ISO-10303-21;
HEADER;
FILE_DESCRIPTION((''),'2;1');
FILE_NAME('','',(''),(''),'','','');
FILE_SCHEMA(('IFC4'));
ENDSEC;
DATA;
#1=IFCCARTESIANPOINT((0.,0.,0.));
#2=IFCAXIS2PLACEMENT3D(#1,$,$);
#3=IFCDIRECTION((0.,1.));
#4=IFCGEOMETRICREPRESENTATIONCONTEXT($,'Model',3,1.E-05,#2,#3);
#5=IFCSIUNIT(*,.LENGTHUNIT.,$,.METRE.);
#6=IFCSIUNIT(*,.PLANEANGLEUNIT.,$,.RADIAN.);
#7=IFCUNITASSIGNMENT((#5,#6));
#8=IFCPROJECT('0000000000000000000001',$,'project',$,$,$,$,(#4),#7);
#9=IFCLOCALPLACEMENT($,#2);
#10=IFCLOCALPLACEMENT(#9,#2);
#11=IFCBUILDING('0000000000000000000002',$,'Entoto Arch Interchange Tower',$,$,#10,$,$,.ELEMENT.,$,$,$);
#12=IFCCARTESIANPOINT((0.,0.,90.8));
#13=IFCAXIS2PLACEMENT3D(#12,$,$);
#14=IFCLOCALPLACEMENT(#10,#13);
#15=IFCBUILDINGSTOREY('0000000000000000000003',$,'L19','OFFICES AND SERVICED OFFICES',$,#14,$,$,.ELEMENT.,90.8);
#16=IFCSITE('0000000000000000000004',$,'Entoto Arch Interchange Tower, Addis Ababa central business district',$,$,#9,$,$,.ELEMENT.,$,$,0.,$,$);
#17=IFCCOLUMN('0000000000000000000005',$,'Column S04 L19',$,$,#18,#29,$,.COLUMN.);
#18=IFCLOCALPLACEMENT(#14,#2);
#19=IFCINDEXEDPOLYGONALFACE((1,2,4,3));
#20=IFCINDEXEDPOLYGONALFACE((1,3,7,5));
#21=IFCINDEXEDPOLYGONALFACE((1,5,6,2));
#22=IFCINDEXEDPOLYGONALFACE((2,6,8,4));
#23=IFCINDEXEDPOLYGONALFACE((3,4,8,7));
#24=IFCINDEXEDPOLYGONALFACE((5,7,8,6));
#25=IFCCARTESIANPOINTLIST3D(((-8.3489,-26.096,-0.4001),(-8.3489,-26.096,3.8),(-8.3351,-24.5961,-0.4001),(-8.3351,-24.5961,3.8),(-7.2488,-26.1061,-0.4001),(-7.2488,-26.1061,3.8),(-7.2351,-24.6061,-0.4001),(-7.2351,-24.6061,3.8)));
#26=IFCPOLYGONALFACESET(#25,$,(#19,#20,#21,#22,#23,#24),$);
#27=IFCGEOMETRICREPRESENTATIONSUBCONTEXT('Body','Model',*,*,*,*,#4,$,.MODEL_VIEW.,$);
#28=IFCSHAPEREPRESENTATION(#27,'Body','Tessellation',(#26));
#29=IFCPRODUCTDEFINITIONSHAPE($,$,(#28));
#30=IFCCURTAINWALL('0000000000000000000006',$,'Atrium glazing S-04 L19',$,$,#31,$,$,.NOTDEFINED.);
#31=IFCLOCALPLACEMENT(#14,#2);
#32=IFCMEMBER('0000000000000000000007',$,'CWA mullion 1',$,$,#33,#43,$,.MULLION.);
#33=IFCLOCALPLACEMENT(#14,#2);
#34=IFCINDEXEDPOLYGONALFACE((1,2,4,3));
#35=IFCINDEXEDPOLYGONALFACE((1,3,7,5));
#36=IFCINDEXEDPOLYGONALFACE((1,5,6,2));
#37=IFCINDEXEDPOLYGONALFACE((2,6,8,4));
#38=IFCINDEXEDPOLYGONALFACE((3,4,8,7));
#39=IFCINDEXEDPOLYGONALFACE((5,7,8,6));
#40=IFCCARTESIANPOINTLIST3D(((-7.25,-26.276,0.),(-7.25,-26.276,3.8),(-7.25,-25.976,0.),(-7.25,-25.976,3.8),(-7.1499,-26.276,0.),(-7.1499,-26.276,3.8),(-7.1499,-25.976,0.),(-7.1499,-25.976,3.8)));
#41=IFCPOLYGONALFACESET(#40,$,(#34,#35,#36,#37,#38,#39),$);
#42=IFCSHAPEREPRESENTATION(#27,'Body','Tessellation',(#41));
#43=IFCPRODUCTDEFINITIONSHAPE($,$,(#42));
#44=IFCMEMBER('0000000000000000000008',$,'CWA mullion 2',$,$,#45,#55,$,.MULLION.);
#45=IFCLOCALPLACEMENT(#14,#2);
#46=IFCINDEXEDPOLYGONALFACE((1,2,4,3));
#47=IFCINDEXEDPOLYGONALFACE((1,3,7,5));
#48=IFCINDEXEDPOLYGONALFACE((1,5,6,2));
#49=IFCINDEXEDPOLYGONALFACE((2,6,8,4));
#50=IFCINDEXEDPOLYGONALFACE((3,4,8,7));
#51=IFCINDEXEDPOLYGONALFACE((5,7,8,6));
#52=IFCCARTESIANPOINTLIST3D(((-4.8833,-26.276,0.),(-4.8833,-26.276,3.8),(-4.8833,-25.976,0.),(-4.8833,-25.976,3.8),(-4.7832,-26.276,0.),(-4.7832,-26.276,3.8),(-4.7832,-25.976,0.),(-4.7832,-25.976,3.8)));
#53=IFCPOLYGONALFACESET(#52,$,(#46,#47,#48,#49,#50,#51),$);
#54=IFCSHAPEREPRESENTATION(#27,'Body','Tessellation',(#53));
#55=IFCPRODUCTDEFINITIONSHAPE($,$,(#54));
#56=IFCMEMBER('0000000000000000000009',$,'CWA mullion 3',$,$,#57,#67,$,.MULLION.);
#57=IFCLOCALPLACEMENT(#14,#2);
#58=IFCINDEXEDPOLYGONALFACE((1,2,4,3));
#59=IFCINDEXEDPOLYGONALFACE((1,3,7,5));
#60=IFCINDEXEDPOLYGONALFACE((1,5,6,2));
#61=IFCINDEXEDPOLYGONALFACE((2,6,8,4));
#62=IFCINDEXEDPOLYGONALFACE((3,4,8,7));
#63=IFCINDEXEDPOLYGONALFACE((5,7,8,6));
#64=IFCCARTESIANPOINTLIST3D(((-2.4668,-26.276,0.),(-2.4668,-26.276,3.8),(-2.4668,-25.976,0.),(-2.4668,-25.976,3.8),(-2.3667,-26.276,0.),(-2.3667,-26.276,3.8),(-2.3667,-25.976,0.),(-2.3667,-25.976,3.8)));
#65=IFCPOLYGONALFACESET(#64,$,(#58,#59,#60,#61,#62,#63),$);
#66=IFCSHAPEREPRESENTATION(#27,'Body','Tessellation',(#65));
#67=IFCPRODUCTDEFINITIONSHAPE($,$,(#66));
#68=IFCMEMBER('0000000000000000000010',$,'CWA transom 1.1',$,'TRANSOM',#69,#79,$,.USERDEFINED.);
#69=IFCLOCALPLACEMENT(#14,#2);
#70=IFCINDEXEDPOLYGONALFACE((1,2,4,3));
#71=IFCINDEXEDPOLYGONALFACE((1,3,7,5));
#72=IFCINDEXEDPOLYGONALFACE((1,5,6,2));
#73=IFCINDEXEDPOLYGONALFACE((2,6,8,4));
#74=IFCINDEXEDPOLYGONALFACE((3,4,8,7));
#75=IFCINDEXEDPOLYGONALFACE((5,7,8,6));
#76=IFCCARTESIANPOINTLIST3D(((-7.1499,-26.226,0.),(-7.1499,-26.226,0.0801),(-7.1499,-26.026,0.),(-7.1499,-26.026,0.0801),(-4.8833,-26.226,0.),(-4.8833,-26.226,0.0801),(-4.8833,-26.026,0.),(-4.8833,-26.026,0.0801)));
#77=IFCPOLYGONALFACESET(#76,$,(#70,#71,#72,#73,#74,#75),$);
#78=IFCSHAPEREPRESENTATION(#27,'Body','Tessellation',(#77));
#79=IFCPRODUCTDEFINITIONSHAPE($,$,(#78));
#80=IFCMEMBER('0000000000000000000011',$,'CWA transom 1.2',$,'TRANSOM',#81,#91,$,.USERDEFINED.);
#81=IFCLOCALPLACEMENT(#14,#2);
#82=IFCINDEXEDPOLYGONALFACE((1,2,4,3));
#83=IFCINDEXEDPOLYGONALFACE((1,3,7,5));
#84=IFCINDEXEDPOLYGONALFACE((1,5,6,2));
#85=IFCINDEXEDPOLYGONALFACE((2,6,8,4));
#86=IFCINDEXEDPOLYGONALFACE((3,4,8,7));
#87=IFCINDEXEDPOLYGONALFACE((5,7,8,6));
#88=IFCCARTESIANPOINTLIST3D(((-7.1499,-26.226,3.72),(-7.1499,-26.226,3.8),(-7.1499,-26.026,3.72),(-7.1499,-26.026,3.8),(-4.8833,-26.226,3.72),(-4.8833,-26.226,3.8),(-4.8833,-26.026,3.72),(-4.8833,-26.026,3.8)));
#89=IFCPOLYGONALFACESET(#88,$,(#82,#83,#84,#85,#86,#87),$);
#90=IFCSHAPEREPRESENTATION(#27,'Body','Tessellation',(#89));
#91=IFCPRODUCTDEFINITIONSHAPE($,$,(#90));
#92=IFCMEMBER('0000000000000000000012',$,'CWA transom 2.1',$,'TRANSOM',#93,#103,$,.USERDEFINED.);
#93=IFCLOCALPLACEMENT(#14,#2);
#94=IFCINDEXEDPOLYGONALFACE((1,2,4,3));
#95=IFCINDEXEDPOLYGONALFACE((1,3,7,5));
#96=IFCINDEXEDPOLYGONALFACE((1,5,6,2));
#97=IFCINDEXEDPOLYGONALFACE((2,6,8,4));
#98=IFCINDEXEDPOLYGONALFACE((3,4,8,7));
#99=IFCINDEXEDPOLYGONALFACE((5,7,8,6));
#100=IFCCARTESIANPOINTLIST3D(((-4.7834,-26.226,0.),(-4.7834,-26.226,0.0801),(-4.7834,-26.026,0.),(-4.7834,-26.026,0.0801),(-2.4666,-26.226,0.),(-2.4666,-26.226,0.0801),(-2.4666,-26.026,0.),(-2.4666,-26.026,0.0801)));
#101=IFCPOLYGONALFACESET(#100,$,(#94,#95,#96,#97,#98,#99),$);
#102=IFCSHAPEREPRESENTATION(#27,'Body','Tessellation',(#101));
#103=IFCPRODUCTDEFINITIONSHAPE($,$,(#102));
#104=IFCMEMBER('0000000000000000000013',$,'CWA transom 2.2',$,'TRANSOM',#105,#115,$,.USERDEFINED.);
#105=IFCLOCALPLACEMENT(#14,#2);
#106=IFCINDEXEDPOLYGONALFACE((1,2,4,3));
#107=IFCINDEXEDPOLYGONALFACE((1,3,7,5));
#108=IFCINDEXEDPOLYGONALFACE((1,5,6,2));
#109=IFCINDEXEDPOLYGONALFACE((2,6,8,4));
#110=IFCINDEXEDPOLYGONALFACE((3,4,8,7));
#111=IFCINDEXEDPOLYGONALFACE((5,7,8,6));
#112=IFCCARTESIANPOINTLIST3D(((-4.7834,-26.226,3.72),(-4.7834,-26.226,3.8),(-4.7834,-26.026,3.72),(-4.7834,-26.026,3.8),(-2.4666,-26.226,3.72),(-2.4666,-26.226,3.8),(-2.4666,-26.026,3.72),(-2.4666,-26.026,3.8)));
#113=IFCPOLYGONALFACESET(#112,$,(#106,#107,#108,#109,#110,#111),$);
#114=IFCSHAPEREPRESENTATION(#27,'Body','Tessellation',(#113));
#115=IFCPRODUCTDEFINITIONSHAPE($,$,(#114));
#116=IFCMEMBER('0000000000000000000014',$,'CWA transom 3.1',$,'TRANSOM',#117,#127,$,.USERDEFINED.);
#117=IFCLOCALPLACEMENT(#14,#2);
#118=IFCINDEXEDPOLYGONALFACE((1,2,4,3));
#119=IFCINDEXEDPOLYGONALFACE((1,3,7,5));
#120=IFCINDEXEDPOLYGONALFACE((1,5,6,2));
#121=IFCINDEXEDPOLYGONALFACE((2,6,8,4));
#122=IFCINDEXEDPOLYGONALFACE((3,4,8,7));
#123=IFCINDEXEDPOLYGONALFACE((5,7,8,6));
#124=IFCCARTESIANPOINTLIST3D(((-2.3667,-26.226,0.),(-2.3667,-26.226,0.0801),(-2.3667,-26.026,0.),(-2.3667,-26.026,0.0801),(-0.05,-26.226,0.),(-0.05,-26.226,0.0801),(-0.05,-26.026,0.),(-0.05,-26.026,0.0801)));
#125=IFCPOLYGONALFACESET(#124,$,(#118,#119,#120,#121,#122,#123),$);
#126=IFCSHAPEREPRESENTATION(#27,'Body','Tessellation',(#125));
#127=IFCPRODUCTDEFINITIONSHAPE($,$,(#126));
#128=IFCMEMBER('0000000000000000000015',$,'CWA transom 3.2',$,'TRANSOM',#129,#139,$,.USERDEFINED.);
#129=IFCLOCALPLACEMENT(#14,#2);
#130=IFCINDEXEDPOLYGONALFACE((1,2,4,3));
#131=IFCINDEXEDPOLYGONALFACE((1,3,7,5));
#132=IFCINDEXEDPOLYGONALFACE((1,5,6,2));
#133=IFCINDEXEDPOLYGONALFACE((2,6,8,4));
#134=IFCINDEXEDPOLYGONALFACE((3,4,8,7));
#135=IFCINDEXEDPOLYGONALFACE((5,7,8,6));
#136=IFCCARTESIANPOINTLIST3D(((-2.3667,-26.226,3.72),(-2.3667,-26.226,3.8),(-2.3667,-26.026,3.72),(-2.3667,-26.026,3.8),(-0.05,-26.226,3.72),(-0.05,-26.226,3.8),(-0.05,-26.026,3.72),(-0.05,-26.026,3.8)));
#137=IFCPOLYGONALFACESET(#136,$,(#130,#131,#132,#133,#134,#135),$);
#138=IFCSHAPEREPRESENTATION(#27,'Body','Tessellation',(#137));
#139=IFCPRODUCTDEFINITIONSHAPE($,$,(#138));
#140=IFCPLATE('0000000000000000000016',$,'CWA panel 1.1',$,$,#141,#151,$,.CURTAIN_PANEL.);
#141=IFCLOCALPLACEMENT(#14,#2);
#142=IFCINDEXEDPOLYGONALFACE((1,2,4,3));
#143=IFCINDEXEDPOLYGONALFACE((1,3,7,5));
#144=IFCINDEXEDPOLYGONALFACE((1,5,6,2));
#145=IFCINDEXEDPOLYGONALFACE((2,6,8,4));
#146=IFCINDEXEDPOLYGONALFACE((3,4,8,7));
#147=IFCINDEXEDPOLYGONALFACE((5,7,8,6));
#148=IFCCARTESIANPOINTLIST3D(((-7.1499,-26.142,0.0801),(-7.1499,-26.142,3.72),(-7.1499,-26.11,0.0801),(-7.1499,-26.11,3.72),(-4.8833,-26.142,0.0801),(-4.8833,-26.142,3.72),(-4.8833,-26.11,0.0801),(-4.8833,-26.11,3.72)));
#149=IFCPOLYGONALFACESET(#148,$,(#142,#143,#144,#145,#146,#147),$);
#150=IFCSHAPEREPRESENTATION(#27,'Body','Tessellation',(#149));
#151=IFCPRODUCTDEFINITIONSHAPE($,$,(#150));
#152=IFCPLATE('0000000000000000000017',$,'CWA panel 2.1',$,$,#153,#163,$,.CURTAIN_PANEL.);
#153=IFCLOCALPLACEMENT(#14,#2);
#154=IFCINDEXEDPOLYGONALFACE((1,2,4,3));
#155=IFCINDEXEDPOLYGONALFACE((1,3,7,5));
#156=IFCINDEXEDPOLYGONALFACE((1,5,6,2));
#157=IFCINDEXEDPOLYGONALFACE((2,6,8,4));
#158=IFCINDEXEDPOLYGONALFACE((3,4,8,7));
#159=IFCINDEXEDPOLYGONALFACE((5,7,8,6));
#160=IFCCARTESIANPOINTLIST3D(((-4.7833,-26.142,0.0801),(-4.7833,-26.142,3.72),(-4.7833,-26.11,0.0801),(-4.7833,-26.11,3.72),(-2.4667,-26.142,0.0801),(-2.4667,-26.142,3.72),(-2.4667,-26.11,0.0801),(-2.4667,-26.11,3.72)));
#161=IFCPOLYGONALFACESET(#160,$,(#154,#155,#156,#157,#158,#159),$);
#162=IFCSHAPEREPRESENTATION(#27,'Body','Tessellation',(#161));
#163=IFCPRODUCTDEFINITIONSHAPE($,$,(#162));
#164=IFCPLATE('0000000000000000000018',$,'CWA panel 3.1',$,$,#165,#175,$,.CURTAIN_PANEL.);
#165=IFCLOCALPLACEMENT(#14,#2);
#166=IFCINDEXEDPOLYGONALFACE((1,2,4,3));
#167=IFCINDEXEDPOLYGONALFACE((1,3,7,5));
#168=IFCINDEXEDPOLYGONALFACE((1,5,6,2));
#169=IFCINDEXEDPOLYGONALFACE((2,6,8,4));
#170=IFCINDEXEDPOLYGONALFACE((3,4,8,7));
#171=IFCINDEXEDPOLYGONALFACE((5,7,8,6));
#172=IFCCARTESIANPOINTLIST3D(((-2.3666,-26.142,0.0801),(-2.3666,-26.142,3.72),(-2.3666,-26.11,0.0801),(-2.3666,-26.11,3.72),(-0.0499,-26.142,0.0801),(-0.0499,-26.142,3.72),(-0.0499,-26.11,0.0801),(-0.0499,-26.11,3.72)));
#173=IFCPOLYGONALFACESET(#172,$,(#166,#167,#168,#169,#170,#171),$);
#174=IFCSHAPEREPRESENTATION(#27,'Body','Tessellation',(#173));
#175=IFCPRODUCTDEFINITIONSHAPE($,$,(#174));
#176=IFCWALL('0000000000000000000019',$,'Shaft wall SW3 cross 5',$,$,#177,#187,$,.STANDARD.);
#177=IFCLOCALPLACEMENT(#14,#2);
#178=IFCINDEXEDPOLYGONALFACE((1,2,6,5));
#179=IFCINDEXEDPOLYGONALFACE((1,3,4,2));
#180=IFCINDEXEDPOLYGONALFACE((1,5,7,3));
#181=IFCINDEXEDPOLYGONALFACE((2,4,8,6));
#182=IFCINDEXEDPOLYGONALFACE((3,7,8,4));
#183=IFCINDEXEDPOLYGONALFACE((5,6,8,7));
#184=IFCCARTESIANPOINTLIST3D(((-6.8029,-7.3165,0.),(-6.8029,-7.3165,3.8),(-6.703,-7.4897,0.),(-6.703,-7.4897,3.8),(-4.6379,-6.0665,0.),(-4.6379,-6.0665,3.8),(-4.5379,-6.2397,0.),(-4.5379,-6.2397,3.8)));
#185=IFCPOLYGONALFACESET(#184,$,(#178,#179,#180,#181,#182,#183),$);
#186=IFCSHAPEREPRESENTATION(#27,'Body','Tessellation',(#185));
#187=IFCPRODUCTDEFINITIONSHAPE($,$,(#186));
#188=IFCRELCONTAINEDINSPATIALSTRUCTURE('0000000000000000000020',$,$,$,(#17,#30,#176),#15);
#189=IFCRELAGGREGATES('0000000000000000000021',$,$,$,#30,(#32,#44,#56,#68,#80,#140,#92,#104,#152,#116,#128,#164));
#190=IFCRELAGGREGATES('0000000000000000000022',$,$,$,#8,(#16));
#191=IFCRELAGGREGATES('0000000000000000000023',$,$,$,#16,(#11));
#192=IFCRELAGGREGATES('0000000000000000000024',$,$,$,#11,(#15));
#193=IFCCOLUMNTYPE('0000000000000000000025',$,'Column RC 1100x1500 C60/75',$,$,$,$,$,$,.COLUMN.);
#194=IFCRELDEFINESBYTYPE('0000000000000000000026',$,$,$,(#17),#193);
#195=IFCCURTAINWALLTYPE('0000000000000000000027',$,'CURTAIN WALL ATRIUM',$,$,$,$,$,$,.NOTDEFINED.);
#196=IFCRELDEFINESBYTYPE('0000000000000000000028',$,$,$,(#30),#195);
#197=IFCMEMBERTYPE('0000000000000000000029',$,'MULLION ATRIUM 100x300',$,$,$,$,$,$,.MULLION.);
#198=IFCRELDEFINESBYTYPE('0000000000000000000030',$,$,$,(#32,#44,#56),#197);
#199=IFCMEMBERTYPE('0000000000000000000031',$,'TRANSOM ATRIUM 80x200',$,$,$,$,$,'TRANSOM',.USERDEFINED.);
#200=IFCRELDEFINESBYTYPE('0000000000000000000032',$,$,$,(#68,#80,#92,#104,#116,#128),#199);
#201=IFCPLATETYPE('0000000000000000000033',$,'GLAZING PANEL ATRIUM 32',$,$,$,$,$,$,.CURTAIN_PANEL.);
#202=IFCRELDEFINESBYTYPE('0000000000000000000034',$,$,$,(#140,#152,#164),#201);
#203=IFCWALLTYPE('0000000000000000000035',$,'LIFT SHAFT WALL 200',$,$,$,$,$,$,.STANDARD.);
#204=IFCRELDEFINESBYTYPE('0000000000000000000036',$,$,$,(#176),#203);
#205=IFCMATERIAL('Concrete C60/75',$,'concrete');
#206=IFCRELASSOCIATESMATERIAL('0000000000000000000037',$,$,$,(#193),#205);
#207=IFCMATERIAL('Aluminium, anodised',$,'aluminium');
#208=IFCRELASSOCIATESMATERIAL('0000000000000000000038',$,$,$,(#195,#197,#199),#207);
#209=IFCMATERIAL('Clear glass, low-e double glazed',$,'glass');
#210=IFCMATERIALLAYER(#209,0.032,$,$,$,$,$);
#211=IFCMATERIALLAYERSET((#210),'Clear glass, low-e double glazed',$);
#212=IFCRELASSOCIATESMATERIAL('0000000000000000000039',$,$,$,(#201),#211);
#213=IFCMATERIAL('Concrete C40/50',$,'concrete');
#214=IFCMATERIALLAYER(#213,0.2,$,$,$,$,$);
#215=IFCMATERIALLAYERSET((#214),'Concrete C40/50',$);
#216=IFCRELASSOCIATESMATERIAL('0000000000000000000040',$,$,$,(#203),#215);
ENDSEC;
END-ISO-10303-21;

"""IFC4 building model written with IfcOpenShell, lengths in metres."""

from ifc_helpers import new_model, si_unit, direction, frame, frame_2d, origin, origin_2d, place, context, subcontext, project, spatial, rectangle, extrude, material, layer, layer_set, material_profile, profile_set, type_object, element, aggregate, save


model = new_model("IFC4")

# Units and contexts
model_context = context("Model", 3, precision=1e-05, world=origin(), true_north=direction((0.0, 1.0)))
body_context = subcontext(model_context, "Body", "Model", "MODEL_VIEW")
ifc_project = project(units=[si_unit("LENGTHUNIT", "METRE"), si_unit("PLANEANGLEUNIT", "RADIAN")], contexts=[model_context])

# Site, building, storey
site_placement = place(None, origin())
site = spatial("IfcSite", under=ifc_project, at=site_placement, Name="Entoto Arch Interchange Tower, Addis Ababa central business district", CompositionType="ELEMENT", RefElevation=0.0)
building_placement = place(site_placement, origin())
building = spatial("IfcBuilding", under=site, at=building_placement, Name="Entoto Arch Interchange Tower", CompositionType="ELEMENT")
storey_placement = place(building_placement, frame((0.0, 0.0, 90.8)))
storey = spatial("IfcBuildingStorey", under=building, at=storey_placement, Name="L19", Description="OFFICES AND SERVICED OFFICES", CompositionType="ELEMENT", Elevation=90.8)

# Column
ifc_material_1 = material(Name="Concrete C60/75", Category="concrete")
ifc_material_profile_1 = material_profile(ifc_material_1, rectangle(XDim=1.1001, YDim=1.5, at=origin_2d()))
ifc_profile_set_1 = profile_set([ifc_material_profile_1], Name="Concrete C60/75")
column_type = type_object("IfcColumnType", Name="Column RC 1100x1500 C60/75", PredefinedType="COLUMN", material=ifc_profile_set_1)
column_placement = place(storey_placement, frame((-7.792, -25.3511, -0.4001), z_axis=(0.0, 0.0, 1.0), x_axis=(-0.999958, 0.009163, 0.0)))
element("IfcColumn", 1, at=column_placement, inside=storey, type_object=column_type, Name="Column S04 L19", PredefinedType="COLUMN", context=body_context, shape_type="SweptSolid", body=[
    extrude(rectangle(XDim=1.1001, YDim=1.5, at=origin_2d()), origin(), (0.0, 0.0, 1.0), 4.2002),
])

# Curtain wall, members, plates
ifc_material_2 = material(Name="Aluminium, anodised", Category="aluminium")
curtain_wall_type = type_object("IfcCurtainWallType", Name="CURTAIN WALL ATRIUM", PredefinedType="NOTDEFINED", material=ifc_material_2)
curtain_wall_placement = place(storey_placement, origin())
curtain_wall = element("IfcCurtainWall", 2, at=curtain_wall_placement, inside=storey, type_object=curtain_wall_type, Name="Atrium glazing S-04 L19", PredefinedType="NOTDEFINED")
ifc_material_profile_2 = material_profile(ifc_material_2, rectangle(XDim=0.3, YDim=0.1001, at=origin_2d()))
ifc_profile_set_2 = profile_set([ifc_material_profile_2], Name="Aluminium, anodised")
member_type_1 = type_object("IfcMemberType", Name="MULLION ATRIUM 100x300", PredefinedType="MULLION", material=ifc_profile_set_2)
member_1_placement = place(storey_placement, frame((-7.2, -26.126, 0.0), z_axis=(0.0, 0.0, 1.0), x_axis=(0.0, 1.0, 0.0)))
member_1 = element("IfcMember", 3, at=member_1_placement, type_object=member_type_1, Name="CWA mullion 1", PredefinedType="MULLION", context=body_context, shape_type="SweptSolid", body=[
    extrude(rectangle(XDim=0.3, YDim=0.1001, at=origin_2d()), origin(), (0.0, 0.0, 1.0), 3.8),
])
member_2_placement = place(storey_placement, frame((-4.8333, -26.126, 0.0), z_axis=(0.0, 0.0, 1.0), x_axis=(0.0, 1.0, 0.0)))
member_2 = element("IfcMember", 4, at=member_2_placement, type_object=member_type_1, Name="CWA mullion 2", PredefinedType="MULLION", context=body_context, shape_type="SweptSolid", body=[
    extrude(rectangle(XDim=0.3, YDim=0.1001, at=origin_2d()), origin(), (0.0, 0.0, 1.0), 3.8),
])
member_3_placement = place(storey_placement, frame((-2.4167, -26.126, 0.0), z_axis=(0.0, 0.0, 1.0), x_axis=(0.0, 1.0, 0.0)))
member_3 = element("IfcMember", 5, at=member_3_placement, type_object=member_type_1, Name="CWA mullion 3", PredefinedType="MULLION", context=body_context, shape_type="SweptSolid", body=[
    extrude(rectangle(XDim=0.3, YDim=0.1001, at=origin_2d()), origin(), (0.0, 0.0, 1.0), 3.8),
])
ifc_material_profile_3 = material_profile(ifc_material_2, rectangle(XDim=0.2, YDim=0.0801, at=origin_2d()))
ifc_profile_set_3 = profile_set([ifc_material_profile_3], Name="Aluminium, anodised")
member_type_2 = type_object("IfcMemberType", Name="TRANSOM ATRIUM 80x200", ElementType="TRANSOM", PredefinedType="USERDEFINED", material=ifc_profile_set_3)
member_4_placement = place(storey_placement, frame((-7.1499, -26.126, 0.04), z_axis=(1.0, 0.0, 0.0), x_axis=(0.0, 1.0, 0.0)))
member_4 = element("IfcMember", 6, at=member_4_placement, type_object=member_type_2, Name="CWA transom 1.1", ObjectType="TRANSOM", PredefinedType="USERDEFINED", context=body_context, shape_type="SweptSolid", body=[
    extrude(rectangle(XDim=0.2, YDim=0.0801, at=origin_2d()), origin(), (0.0, 0.0, 1.0), 2.2666),
])
member_5_placement = place(storey_placement, frame((-7.1499, -26.126, 3.76), z_axis=(1.0, 0.0, 0.0), x_axis=(0.0, 1.0, 0.0)))
member_5 = element("IfcMember", 7, at=member_5_placement, type_object=member_type_2, Name="CWA transom 1.2", ObjectType="TRANSOM", PredefinedType="USERDEFINED", context=body_context, shape_type="SweptSolid", body=[
    extrude(rectangle(XDim=0.2, YDim=0.0801, at=origin_2d()), origin(), (0.0, 0.0, 1.0), 2.2666),
])
member_6_placement = place(storey_placement, frame((-4.7834, -26.126, 0.04), z_axis=(1.0, 0.0, 0.0), x_axis=(0.0, 1.0, 0.0)))
member_6 = element("IfcMember", 8, at=member_6_placement, type_object=member_type_2, Name="CWA transom 2.1", ObjectType="TRANSOM", PredefinedType="USERDEFINED", context=body_context, shape_type="SweptSolid", body=[
    extrude(rectangle(XDim=0.2, YDim=0.0801, at=origin_2d()), origin(), (0.0, 0.0, 1.0), 2.3169),
])
member_7_placement = place(storey_placement, frame((-4.7834, -26.126, 3.76), z_axis=(1.0, 0.0, 0.0), x_axis=(0.0, 1.0, 0.0)))
member_7 = element("IfcMember", 9, at=member_7_placement, type_object=member_type_2, Name="CWA transom 2.2", ObjectType="TRANSOM", PredefinedType="USERDEFINED", context=body_context, shape_type="SweptSolid", body=[
    extrude(rectangle(XDim=0.2, YDim=0.0801, at=origin_2d()), origin(), (0.0, 0.0, 1.0), 2.3169),
])
member_8_placement = place(storey_placement, frame((-2.3667, -26.126, 0.04), z_axis=(1.0, 0.0, 0.0), x_axis=(0.0, 1.0, 0.0)))
member_8 = element("IfcMember", 10, at=member_8_placement, type_object=member_type_2, Name="CWA transom 3.1", ObjectType="TRANSOM", PredefinedType="USERDEFINED", context=body_context, shape_type="SweptSolid", body=[
    extrude(rectangle(XDim=0.2, YDim=0.0801, at=origin_2d()), origin(), (0.0, 0.0, 1.0), 2.3167),
])
member_9_placement = place(storey_placement, frame((-2.3667, -26.126, 3.76), z_axis=(1.0, 0.0, 0.0), x_axis=(0.0, 1.0, 0.0)))
member_9 = element("IfcMember", 11, at=member_9_placement, type_object=member_type_2, Name="CWA transom 3.2", ObjectType="TRANSOM", PredefinedType="USERDEFINED", context=body_context, shape_type="SweptSolid", body=[
    extrude(rectangle(XDim=0.2, YDim=0.0801, at=origin_2d()), origin(), (0.0, 0.0, 1.0), 2.3167),
])
ifc_material_3 = material(Name="Clear glass, low-e double glazed", Category="glass")
ifc_layer_1 = layer(ifc_material_3, 0.032)
ifc_layer_set_1 = layer_set([ifc_layer_1], Name="Clear glass, low-e double glazed")
plate_type = type_object("IfcPlateType", Name="GLAZING PANEL ATRIUM 32", PredefinedType="CURTAIN_PANEL", material=ifc_layer_set_1)
plate_1_placement = place(storey_placement, frame((-6.0166, -26.126, 0.0801), z_axis=(0.0, 0.0, 1.0), x_axis=(1.0, 0.0, 0.0)))
plate_1 = element("IfcPlate", 12, at=plate_1_placement, type_object=plate_type, Name="CWA panel 1.1", PredefinedType="CURTAIN_PANEL", context=body_context, shape_type="SweptSolid", body=[
    extrude(rectangle(XDim=2.2666, YDim=0.032, at=origin_2d()), origin(), (0.0, 0.0, 1.0), 3.6399),
])
plate_2_placement = place(storey_placement, frame((-3.625, -26.126, 0.0801), z_axis=(0.0, 0.0, 1.0), x_axis=(1.0, 0.0, 0.0)))
plate_2 = element("IfcPlate", 13, at=plate_2_placement, type_object=plate_type, Name="CWA panel 2.1", PredefinedType="CURTAIN_PANEL", context=body_context, shape_type="SweptSolid", body=[
    extrude(rectangle(XDim=2.3167, YDim=0.032, at=origin_2d()), origin(), (0.0, 0.0, 1.0), 3.6399),
])
plate_3_placement = place(storey_placement, frame((-1.2083, -26.126, 0.0801), z_axis=(0.0, 0.0, 1.0), x_axis=(1.0, 0.0, 0.0)))
plate_3 = element("IfcPlate", 14, at=plate_3_placement, type_object=plate_type, Name="CWA panel 3.1", PredefinedType="CURTAIN_PANEL", context=body_context, shape_type="SweptSolid", body=[
    extrude(rectangle(XDim=2.3167, YDim=0.032, at=origin_2d()), origin(), (0.0, 0.0, 1.0), 3.6399),
])
aggregate(curtain_wall, [member_1, member_2, member_3, member_4, member_5, plate_1, member_6, member_7, plate_2, member_8, member_9, plate_3])

# Wall
ifc_material_4 = material(Name="Concrete C40/50", Category="concrete")
ifc_layer_2 = layer(ifc_material_4, 0.2)
ifc_layer_set_2 = layer_set([ifc_layer_2], Name="Concrete C40/50")
wall_type_1 = type_object("IfcWallType", Name="LIFT SHAFT WALL 200", PredefinedType="STANDARD", material=ifc_layer_set_2)
wall_1_placement = place(storey_placement, frame((-4.5879, -6.1531, 0.0), z_axis=(0.0, 0.0, 1.0), x_axis=(-0.866023, -0.500004, 0.0)))
element("IfcWall", 15, at=wall_1_placement, inside=storey, type_object=wall_type_1, Name="Shaft wall SW3 cross 5", PredefinedType="STANDARD", context=body_context, shape_type="SweptSolid", body=[
    extrude(rectangle(XDim=2.5, YDim=0.2, at=frame_2d((1.25, 0.0))), origin(), (0.0, 0.0, 1.0), 3.8),
])

save(model, "model.ifc")
